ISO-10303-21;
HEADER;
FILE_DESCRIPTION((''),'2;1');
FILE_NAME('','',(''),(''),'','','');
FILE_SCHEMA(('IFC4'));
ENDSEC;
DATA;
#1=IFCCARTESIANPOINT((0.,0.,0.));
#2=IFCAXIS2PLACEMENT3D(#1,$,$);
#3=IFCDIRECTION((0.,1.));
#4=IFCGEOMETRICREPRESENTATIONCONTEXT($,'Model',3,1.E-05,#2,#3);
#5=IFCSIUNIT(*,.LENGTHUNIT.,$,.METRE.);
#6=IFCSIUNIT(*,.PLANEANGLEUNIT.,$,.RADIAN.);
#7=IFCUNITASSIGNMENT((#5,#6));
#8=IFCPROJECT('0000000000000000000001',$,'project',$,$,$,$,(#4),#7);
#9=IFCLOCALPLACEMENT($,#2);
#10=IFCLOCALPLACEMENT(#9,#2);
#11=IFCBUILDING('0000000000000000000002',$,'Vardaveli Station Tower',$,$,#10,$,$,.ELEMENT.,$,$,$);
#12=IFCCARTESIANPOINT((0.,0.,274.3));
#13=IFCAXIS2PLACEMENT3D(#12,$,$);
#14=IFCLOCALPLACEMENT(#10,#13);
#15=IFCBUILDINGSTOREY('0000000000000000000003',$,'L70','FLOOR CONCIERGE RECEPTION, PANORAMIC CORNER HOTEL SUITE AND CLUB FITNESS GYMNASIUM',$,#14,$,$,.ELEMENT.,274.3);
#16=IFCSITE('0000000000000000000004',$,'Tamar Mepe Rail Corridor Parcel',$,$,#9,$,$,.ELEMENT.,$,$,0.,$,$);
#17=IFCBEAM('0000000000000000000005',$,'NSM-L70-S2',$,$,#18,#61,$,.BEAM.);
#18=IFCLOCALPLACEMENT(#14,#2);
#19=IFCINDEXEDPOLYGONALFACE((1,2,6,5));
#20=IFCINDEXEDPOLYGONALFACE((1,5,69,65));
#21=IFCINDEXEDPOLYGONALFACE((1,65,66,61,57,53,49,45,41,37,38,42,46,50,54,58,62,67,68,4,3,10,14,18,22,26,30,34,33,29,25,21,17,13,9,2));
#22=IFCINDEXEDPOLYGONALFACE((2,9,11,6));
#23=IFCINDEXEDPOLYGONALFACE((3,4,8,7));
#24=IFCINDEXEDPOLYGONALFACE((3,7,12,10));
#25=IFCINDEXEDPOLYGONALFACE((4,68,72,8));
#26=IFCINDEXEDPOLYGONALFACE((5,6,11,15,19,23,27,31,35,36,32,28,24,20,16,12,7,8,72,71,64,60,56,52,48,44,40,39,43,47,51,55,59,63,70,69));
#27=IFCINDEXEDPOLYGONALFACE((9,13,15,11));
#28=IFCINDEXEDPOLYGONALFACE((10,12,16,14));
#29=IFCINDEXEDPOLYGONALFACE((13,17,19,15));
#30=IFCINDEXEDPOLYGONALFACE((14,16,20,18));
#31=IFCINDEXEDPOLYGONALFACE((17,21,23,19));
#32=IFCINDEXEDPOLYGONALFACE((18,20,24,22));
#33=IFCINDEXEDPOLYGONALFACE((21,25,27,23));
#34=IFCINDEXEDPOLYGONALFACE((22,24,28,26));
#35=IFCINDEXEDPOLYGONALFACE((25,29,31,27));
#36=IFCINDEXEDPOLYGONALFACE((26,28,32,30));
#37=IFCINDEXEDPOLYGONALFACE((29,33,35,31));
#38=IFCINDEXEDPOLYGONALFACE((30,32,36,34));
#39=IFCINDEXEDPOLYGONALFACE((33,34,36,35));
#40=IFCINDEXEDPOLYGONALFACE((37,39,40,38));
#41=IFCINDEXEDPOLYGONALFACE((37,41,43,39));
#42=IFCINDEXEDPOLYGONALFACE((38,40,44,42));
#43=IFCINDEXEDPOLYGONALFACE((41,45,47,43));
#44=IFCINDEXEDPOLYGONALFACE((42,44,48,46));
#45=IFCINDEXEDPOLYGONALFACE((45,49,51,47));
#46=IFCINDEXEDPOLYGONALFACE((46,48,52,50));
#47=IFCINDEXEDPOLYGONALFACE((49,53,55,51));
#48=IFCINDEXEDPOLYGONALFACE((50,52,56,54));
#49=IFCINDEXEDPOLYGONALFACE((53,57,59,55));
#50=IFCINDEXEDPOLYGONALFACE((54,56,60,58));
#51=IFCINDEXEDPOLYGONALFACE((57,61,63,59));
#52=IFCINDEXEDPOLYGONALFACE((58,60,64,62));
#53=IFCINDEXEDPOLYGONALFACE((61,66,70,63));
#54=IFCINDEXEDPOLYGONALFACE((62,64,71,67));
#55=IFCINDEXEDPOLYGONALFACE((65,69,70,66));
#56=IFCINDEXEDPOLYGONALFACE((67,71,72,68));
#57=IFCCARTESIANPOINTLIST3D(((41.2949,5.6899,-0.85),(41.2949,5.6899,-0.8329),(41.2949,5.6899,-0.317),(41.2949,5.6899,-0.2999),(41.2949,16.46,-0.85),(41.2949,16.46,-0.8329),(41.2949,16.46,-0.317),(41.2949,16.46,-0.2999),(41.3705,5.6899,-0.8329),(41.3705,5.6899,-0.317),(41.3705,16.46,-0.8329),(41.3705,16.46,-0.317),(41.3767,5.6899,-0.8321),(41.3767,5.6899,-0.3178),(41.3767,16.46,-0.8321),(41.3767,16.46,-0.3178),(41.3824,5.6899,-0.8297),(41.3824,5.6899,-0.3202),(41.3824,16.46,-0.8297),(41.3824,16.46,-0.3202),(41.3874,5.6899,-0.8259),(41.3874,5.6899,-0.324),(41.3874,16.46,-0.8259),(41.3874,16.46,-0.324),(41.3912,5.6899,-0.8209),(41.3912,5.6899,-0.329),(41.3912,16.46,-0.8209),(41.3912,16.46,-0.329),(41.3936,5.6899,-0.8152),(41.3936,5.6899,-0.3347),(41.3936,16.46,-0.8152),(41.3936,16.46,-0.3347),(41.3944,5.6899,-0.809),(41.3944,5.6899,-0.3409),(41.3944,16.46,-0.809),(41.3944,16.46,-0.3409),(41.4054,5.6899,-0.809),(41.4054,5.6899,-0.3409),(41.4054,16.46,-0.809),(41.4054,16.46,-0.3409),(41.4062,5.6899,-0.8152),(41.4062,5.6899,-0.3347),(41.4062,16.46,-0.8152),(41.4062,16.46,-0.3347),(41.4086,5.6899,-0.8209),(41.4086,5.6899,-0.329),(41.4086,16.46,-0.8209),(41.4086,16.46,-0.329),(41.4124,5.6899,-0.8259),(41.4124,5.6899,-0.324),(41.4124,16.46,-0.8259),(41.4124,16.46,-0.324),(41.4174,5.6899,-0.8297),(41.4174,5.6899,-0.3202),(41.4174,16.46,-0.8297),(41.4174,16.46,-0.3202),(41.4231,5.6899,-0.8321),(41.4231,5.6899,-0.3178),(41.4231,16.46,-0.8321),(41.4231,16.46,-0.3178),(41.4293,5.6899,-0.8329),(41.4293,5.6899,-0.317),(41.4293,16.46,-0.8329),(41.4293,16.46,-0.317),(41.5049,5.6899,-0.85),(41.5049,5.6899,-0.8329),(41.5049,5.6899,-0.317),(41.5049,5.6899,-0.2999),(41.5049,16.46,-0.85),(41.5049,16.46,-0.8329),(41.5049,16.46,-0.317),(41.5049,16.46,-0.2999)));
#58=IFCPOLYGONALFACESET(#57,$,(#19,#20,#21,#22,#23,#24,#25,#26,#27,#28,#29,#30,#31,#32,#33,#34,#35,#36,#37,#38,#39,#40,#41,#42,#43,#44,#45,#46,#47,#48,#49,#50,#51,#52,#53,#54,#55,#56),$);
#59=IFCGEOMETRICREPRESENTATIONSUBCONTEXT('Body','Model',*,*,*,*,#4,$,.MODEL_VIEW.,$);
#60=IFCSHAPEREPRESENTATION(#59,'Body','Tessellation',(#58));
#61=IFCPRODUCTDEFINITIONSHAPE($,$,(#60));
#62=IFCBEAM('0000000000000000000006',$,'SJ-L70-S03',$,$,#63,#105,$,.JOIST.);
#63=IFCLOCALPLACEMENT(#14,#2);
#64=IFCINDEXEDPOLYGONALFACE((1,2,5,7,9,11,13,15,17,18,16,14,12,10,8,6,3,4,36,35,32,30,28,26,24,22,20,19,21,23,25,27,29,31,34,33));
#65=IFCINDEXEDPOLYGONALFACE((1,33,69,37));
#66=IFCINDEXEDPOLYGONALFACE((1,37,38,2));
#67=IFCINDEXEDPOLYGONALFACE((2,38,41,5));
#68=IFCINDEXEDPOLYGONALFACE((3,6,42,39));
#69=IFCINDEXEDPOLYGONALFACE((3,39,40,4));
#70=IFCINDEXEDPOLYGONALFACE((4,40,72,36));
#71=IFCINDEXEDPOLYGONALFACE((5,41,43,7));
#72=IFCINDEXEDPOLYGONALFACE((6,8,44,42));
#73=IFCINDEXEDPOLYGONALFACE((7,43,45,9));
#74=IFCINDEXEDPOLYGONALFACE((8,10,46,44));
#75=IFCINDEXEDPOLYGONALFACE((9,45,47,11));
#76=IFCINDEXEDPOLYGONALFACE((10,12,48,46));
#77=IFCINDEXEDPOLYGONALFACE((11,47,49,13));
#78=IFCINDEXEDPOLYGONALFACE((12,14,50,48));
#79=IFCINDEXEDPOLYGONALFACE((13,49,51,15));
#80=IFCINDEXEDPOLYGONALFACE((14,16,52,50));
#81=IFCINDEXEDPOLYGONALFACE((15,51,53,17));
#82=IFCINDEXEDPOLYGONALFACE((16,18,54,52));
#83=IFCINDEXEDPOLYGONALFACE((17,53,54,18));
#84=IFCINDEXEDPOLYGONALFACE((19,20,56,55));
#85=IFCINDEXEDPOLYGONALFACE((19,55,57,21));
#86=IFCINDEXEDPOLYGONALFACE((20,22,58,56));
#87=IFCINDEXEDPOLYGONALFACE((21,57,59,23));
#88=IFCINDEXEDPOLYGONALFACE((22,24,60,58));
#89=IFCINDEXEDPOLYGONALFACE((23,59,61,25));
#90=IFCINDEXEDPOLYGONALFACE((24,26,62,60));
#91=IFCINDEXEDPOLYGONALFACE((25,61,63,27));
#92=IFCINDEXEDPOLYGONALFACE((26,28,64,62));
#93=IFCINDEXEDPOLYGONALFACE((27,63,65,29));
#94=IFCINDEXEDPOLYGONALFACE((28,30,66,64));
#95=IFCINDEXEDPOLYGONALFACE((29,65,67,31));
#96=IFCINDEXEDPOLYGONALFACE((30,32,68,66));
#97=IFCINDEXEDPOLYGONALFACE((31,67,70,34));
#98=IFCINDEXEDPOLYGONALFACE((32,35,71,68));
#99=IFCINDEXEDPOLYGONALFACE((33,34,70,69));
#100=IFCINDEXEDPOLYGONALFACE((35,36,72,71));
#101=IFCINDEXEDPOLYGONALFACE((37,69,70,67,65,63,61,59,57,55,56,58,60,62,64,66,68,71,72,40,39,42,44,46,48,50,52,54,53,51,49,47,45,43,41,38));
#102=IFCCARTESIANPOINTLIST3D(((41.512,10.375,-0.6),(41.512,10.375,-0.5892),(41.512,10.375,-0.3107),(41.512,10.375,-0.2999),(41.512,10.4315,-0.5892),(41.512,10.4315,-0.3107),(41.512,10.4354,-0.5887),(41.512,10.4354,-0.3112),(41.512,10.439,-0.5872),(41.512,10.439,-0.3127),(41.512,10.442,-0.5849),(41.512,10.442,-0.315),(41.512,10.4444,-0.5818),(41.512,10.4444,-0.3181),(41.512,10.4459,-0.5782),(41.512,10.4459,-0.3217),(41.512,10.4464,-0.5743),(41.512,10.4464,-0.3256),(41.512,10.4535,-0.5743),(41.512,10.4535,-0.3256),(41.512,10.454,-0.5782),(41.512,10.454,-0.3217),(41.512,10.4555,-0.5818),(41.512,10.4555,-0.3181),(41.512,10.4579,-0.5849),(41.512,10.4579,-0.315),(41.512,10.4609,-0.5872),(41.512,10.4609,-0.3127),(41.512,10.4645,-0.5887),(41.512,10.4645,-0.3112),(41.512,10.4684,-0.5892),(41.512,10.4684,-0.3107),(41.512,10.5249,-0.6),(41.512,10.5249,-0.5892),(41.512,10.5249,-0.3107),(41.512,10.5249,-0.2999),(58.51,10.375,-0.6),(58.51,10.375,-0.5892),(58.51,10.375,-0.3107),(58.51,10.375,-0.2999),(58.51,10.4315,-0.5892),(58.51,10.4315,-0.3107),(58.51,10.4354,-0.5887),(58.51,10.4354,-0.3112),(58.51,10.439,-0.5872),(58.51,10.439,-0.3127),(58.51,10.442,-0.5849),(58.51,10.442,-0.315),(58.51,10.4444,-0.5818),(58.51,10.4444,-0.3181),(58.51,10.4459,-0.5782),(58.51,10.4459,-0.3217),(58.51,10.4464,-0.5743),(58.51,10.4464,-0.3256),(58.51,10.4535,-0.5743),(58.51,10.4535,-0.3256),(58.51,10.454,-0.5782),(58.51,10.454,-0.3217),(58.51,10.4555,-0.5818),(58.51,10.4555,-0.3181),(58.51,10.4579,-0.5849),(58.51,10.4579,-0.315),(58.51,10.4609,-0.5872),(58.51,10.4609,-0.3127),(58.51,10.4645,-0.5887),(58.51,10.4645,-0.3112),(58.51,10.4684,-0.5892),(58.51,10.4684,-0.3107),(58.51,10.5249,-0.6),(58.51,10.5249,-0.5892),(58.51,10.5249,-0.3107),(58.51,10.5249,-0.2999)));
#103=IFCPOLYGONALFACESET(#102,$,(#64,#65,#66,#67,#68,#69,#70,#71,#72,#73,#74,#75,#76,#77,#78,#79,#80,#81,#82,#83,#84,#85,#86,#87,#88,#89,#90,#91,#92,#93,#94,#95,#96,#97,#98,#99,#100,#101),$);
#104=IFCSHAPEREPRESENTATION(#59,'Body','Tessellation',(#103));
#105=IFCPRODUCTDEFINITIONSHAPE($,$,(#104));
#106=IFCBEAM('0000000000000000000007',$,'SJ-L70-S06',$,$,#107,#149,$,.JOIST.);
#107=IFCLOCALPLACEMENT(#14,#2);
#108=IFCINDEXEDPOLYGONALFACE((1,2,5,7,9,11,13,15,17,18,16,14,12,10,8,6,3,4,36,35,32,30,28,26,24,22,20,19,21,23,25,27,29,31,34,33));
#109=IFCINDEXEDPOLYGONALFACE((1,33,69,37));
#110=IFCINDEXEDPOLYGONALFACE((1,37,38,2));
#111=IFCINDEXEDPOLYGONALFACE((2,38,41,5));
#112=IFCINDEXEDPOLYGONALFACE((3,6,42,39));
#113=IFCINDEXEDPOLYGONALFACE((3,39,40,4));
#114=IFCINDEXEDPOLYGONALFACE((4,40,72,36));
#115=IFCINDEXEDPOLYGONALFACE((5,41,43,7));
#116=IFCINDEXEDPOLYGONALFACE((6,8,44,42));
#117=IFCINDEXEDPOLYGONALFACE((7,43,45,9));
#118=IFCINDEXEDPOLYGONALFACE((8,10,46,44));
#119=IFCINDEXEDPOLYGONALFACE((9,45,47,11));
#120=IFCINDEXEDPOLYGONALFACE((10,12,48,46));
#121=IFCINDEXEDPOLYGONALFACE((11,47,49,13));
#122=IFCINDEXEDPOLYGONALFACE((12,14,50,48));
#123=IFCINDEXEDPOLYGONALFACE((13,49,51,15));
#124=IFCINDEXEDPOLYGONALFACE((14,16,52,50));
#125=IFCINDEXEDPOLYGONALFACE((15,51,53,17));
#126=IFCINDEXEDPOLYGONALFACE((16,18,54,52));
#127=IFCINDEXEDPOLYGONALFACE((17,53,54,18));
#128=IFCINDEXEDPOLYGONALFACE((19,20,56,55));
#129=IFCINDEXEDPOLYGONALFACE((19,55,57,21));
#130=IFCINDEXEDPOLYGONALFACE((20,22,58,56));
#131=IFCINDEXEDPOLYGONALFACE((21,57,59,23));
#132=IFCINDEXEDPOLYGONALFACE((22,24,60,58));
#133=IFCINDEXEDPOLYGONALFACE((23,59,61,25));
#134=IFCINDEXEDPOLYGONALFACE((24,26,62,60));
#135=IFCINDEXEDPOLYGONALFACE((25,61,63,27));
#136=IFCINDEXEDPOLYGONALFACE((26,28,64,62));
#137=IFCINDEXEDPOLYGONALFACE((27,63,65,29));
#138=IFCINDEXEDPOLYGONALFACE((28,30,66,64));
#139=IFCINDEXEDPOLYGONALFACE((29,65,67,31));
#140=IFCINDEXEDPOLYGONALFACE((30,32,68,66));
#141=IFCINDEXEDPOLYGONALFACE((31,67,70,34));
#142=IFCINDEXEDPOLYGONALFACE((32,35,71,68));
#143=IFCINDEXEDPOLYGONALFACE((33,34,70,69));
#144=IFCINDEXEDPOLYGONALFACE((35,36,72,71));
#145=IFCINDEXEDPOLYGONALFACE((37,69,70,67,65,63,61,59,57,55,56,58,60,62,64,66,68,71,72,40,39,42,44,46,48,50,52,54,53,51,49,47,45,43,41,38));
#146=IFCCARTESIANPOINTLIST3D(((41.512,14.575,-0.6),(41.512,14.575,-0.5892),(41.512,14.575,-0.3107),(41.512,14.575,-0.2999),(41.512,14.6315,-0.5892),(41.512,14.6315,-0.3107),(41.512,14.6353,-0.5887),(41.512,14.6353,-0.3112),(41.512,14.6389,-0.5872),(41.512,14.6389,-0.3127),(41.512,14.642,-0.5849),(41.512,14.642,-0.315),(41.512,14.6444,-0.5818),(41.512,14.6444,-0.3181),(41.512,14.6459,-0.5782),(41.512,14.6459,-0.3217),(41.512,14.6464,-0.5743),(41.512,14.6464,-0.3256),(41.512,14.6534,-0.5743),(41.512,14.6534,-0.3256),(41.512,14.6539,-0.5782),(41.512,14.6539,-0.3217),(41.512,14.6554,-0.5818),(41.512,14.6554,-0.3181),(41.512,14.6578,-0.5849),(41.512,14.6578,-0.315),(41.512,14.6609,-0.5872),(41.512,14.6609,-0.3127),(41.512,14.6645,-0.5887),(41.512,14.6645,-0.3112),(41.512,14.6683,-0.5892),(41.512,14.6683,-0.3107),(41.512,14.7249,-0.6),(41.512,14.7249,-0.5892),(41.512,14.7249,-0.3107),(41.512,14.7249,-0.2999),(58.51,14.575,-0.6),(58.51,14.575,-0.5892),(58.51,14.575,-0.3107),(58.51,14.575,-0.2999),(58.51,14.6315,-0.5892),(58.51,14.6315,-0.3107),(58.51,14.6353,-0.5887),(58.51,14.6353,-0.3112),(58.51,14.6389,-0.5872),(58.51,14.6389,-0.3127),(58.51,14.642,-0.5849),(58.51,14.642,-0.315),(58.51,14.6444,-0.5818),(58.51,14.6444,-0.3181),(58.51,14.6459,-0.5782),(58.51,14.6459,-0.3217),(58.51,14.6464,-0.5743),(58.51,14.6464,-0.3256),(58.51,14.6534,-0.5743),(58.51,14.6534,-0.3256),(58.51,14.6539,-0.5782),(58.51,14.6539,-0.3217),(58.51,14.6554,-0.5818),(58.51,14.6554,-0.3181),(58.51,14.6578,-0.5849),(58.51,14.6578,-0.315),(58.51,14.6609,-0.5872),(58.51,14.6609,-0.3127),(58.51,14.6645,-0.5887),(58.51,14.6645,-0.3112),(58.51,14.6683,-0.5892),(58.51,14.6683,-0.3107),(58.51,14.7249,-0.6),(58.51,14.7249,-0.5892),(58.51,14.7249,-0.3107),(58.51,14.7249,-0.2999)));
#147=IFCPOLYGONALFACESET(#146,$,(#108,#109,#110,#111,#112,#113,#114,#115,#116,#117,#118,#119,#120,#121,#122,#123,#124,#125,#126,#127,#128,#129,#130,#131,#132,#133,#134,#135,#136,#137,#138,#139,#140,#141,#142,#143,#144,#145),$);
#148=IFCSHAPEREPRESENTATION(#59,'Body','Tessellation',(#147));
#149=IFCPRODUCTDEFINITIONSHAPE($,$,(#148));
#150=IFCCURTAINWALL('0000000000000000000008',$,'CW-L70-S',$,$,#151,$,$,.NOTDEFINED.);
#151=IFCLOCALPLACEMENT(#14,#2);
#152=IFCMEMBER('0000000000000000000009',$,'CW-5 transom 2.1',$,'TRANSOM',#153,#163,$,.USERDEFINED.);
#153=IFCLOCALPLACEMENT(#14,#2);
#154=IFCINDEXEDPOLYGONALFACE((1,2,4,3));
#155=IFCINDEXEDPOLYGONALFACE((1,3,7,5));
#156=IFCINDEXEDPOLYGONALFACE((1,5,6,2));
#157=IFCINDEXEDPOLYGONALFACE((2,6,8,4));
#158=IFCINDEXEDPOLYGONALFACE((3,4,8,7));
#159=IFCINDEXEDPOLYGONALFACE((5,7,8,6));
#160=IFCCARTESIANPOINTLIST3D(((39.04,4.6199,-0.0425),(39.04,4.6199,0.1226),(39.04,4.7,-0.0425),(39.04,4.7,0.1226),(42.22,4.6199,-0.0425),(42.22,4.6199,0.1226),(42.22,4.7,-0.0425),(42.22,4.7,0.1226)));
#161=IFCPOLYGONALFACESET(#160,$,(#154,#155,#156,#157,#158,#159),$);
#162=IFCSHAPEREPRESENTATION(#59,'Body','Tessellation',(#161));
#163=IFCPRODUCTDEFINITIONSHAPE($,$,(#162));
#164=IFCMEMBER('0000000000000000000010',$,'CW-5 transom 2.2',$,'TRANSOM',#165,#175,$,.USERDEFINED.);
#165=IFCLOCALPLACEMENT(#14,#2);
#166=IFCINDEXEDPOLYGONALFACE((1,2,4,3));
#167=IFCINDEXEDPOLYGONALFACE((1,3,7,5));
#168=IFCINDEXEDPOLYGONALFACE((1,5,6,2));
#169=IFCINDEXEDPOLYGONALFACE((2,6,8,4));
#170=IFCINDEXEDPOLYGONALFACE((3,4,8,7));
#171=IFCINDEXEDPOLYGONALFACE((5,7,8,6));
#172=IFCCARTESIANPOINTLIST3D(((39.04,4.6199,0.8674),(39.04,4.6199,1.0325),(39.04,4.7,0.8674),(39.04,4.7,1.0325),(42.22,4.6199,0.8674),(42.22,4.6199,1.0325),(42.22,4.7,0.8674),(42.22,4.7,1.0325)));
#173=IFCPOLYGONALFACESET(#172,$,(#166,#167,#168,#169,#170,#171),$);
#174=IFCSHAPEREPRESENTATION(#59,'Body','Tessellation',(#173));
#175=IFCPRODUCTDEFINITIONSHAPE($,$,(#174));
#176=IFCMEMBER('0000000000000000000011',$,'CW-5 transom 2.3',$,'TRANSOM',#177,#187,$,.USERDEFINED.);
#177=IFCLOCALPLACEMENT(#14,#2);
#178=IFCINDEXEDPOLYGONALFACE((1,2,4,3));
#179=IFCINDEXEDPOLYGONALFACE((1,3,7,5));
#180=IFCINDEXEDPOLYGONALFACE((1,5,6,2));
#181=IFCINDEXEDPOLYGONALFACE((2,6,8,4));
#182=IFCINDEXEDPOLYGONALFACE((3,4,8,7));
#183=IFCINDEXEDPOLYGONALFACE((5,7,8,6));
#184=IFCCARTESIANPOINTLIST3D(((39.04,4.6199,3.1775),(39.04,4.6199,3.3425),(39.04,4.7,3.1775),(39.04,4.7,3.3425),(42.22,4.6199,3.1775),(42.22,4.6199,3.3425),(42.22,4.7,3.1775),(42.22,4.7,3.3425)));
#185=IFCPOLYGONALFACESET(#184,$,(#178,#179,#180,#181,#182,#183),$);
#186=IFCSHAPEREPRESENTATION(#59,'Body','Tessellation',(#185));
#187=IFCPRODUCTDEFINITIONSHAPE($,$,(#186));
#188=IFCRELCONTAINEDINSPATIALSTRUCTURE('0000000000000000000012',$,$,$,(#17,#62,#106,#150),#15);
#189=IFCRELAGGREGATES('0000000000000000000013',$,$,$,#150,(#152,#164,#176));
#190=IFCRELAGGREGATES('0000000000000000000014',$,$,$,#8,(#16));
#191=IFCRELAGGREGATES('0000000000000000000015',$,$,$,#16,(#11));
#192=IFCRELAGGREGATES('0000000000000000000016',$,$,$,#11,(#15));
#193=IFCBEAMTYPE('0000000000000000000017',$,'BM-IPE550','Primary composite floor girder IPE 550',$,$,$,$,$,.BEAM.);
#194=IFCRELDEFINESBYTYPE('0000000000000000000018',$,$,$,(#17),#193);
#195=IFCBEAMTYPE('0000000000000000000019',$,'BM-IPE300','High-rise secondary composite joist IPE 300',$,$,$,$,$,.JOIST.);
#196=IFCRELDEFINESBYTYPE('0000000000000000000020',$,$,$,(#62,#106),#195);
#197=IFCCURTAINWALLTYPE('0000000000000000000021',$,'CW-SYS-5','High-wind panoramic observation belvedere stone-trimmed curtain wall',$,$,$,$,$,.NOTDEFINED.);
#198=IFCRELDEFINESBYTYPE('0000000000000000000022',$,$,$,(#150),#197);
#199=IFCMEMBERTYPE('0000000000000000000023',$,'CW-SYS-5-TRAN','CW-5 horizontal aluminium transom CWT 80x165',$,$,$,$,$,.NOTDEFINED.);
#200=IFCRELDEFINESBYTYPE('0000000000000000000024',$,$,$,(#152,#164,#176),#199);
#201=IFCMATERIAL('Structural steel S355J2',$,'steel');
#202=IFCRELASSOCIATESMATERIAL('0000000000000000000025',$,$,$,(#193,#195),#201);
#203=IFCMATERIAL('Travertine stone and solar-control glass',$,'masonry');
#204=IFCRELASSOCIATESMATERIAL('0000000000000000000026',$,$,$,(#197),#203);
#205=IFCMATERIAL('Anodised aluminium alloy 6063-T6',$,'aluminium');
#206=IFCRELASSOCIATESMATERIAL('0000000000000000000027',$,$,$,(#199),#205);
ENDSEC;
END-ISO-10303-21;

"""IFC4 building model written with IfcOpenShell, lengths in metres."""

from ifc_helpers import new_model, si_unit, direction, frame, origin, origin_2d, place, context, subcontext, project, spatial, rectangle, i_section, extrude, source, transform, mapped, material, material_profile, profile_set, type_object, element, aggregate, save


model = new_model("IFC4")

# Units and contexts
model_context = context("Model", 3, precision=1e-05, world=origin(), true_north=direction((0.0, 1.0)))
body_context = subcontext(model_context, "Body", "Model", "MODEL_VIEW")
ifc_project = project(units=[si_unit("LENGTHUNIT", "METRE"), si_unit("PLANEANGLEUNIT", "RADIAN")], contexts=[model_context])

# Site, building, storey
site_placement = place(None, origin())
site = spatial("IfcSite", under=ifc_project, at=site_placement, Name="Tamar Mepe Rail Corridor Parcel", CompositionType="ELEMENT", RefElevation=0.0)
building_placement = place(site_placement, origin())
building = spatial("IfcBuilding", under=site, at=building_placement, Name="Vardaveli Station Tower", CompositionType="ELEMENT")
storey_placement = place(building_placement, frame((0.0, 0.0, 274.3)))
storey = spatial("IfcBuildingStorey", under=building, at=storey_placement, Name="L70", Description="FLOOR CONCIERGE RECEPTION, PANORAMIC CORNER HOTEL SUITE AND CLUB FITNESS GYMNASIUM", CompositionType="ELEMENT", Elevation=274.3)

# Beams
ifc_material_1 = material(Name="Structural steel S355J2", Category="steel")
ifc_material_profile_1 = material_profile(ifc_material_1, i_section(OverallWidth=0.21, OverallDepth=0.55, WebThickness=0.011, FlangeThickness=0.0171, FilletRadius=0.0239, at=origin_2d()), Name="IPE 550")
ifc_profile_set_1 = profile_set([ifc_material_profile_1], Name="Structural steel S355J2")
beam_type_1 = type_object("IfcBeamType", Name="BM-IPE550", Description="Primary composite floor girder IPE 550", PredefinedType="BEAM", material=ifc_profile_set_1)
shared_shape_1 = source(origin(), body_context, "Body", "SweptSolid", [
    extrude(i_section(OverallWidth=0.21, OverallDepth=0.55, WebThickness=0.011, FlangeThickness=0.0171, FilletRadius=0.0239, at=origin_2d()), origin(), (0.0, 0.0, 1.0), 10.77),
])
beam_1_placement = place(storey_placement, frame((41.3999, 5.6899, -0.575), z_axis=(0.0, 1.0, 0.0), x_axis=(-1.0, 0.0, 0.0)))
element("IfcBeam", 1, at=beam_1_placement, inside=storey, type_object=beam_type_1, Name="NSM-L70-S2", PredefinedType="BEAM", context=body_context, shape_type="MappedRepresentation", body=[
    mapped(shared_shape_1, transform((0.0, 0.0, 0.0), scale=1.0)),
])
ifc_material_profile_2 = material_profile(ifc_material_1, i_section(OverallWidth=0.1499, OverallDepth=0.3, WebThickness=0.0071, FlangeThickness=0.0107, FilletRadius=0.0149, at=origin_2d()), Name="IPE 300")
ifc_profile_set_2 = profile_set([ifc_material_profile_2], Name="Structural steel S355J2")
beam_type_2 = type_object("IfcBeamType", Name="BM-IPE300", Description="High-rise secondary composite joist IPE 300", PredefinedType="JOIST", material=ifc_profile_set_2)
shared_shape_2 = source(origin(), body_context, "Body", "SweptSolid", [
    extrude(i_section(OverallWidth=0.1499, OverallDepth=0.3, WebThickness=0.0071, FlangeThickness=0.0107, FilletRadius=0.0149, at=origin_2d()), origin(), (0.0, 0.0, 1.0), 16.998),
])
for number, where, z_axis, x_axis, name in (
    (2, (41.512, 10.45, -0.45), (1.0, 0.0, 0.0), (0.0, 1.0, 0.0), "SJ-L70-S03"),
    (3, (41.512, 14.6499, -0.45), (1.0, 0.0, 0.0), (0.0, 1.0, 0.0), "SJ-L70-S06"),
):
    element("IfcBeam", number, at=place(storey_placement, frame(where, z_axis=z_axis, x_axis=x_axis)), inside=storey, type_object=beam_type_2, Name=name, PredefinedType="JOIST", context=body_context, shape_type="MappedRepresentation", body=[
        mapped(shared_shape_2, transform((0.0, 0.0, 0.0), scale=1.0)),
    ])

# Curtain wall, members
ifc_material_2 = material(Name="Travertine stone and solar-control glass", Category="masonry")
curtain_wall_type = type_object("IfcCurtainWallType", Name="CW-SYS-5", Description="High-wind panoramic observation belvedere stone-trimmed curtain wall", PredefinedType="NOTDEFINED", material=ifc_material_2)
curtain_wall_placement = place(storey_placement, origin())
curtain_wall = element("IfcCurtainWall", 4, at=curtain_wall_placement, inside=storey, type_object=curtain_wall_type, Name="CW-L70-S", PredefinedType="NOTDEFINED")
ifc_material_3 = material(Name="Anodised aluminium alloy 6063-T6", Category="aluminium")
ifc_material_profile_3 = material_profile(ifc_material_3, rectangle(XDim=0.0801, YDim=0.165, at=origin_2d()), Name="CWT 80x165")
ifc_profile_set_3 = profile_set([ifc_material_profile_3], Name="Anodised aluminium alloy 6063-T6")
member_type_1 = type_object("IfcMemberType", Name="CW-SYS-5-TRAN", Description="CW-5 horizontal aluminium transom CWT 80x165", PredefinedType="NOTDEFINED", material=ifc_profile_set_3)
shared_shape_3 = source(origin(), body_context, "Body", "SweptSolid", [
    extrude(rectangle(XDim=0.0801, YDim=0.165, at=origin_2d()), origin(), (0.0, 0.0, 1.0), 3.1799),
])
member_1_placement = place(storey_placement, frame((39.04, 4.6599, 0.04), z_axis=(1.0, 0.0, 0.0), x_axis=(0.0, 1.0, 0.0)))
member_1 = element("IfcMember", 5, at=member_1_placement, type_object=member_type_1, Name="CW-5 transom 2.1", ObjectType="TRANSOM", PredefinedType="USERDEFINED", context=body_context, shape_type="MappedRepresentation", body=[
    mapped(shared_shape_3, transform((0.0, 0.0, 0.0), scale=1.0)),
])
member_2_placement = place(storey_placement, frame((39.04, 4.6599, 0.95), z_axis=(1.0, 0.0, 0.0), x_axis=(0.0, 1.0, 0.0)))
member_2 = element("IfcMember", 6, at=member_2_placement, type_object=member_type_1, Name="CW-5 transom 2.2", ObjectType="TRANSOM", PredefinedType="USERDEFINED", context=body_context, shape_type="MappedRepresentation", body=[
    mapped(shared_shape_3, transform((0.0, 0.0, 0.0), scale=1.0)),
])
member_3_placement = place(storey_placement, frame((39.04, 4.6599, 3.26), z_axis=(1.0, 0.0, 0.0), x_axis=(0.0, 1.0, 0.0)))
member_3 = element("IfcMember", 7, at=member_3_placement, type_object=member_type_1, Name="CW-5 transom 2.3", ObjectType="TRANSOM", PredefinedType="USERDEFINED", context=body_context, shape_type="MappedRepresentation", body=[
    mapped(shared_shape_3, transform((0.0, 0.0, 0.0), scale=1.0)),
])
aggregate(curtain_wall, [member_1, member_2, member_3])

save(model, "model.ifc")
